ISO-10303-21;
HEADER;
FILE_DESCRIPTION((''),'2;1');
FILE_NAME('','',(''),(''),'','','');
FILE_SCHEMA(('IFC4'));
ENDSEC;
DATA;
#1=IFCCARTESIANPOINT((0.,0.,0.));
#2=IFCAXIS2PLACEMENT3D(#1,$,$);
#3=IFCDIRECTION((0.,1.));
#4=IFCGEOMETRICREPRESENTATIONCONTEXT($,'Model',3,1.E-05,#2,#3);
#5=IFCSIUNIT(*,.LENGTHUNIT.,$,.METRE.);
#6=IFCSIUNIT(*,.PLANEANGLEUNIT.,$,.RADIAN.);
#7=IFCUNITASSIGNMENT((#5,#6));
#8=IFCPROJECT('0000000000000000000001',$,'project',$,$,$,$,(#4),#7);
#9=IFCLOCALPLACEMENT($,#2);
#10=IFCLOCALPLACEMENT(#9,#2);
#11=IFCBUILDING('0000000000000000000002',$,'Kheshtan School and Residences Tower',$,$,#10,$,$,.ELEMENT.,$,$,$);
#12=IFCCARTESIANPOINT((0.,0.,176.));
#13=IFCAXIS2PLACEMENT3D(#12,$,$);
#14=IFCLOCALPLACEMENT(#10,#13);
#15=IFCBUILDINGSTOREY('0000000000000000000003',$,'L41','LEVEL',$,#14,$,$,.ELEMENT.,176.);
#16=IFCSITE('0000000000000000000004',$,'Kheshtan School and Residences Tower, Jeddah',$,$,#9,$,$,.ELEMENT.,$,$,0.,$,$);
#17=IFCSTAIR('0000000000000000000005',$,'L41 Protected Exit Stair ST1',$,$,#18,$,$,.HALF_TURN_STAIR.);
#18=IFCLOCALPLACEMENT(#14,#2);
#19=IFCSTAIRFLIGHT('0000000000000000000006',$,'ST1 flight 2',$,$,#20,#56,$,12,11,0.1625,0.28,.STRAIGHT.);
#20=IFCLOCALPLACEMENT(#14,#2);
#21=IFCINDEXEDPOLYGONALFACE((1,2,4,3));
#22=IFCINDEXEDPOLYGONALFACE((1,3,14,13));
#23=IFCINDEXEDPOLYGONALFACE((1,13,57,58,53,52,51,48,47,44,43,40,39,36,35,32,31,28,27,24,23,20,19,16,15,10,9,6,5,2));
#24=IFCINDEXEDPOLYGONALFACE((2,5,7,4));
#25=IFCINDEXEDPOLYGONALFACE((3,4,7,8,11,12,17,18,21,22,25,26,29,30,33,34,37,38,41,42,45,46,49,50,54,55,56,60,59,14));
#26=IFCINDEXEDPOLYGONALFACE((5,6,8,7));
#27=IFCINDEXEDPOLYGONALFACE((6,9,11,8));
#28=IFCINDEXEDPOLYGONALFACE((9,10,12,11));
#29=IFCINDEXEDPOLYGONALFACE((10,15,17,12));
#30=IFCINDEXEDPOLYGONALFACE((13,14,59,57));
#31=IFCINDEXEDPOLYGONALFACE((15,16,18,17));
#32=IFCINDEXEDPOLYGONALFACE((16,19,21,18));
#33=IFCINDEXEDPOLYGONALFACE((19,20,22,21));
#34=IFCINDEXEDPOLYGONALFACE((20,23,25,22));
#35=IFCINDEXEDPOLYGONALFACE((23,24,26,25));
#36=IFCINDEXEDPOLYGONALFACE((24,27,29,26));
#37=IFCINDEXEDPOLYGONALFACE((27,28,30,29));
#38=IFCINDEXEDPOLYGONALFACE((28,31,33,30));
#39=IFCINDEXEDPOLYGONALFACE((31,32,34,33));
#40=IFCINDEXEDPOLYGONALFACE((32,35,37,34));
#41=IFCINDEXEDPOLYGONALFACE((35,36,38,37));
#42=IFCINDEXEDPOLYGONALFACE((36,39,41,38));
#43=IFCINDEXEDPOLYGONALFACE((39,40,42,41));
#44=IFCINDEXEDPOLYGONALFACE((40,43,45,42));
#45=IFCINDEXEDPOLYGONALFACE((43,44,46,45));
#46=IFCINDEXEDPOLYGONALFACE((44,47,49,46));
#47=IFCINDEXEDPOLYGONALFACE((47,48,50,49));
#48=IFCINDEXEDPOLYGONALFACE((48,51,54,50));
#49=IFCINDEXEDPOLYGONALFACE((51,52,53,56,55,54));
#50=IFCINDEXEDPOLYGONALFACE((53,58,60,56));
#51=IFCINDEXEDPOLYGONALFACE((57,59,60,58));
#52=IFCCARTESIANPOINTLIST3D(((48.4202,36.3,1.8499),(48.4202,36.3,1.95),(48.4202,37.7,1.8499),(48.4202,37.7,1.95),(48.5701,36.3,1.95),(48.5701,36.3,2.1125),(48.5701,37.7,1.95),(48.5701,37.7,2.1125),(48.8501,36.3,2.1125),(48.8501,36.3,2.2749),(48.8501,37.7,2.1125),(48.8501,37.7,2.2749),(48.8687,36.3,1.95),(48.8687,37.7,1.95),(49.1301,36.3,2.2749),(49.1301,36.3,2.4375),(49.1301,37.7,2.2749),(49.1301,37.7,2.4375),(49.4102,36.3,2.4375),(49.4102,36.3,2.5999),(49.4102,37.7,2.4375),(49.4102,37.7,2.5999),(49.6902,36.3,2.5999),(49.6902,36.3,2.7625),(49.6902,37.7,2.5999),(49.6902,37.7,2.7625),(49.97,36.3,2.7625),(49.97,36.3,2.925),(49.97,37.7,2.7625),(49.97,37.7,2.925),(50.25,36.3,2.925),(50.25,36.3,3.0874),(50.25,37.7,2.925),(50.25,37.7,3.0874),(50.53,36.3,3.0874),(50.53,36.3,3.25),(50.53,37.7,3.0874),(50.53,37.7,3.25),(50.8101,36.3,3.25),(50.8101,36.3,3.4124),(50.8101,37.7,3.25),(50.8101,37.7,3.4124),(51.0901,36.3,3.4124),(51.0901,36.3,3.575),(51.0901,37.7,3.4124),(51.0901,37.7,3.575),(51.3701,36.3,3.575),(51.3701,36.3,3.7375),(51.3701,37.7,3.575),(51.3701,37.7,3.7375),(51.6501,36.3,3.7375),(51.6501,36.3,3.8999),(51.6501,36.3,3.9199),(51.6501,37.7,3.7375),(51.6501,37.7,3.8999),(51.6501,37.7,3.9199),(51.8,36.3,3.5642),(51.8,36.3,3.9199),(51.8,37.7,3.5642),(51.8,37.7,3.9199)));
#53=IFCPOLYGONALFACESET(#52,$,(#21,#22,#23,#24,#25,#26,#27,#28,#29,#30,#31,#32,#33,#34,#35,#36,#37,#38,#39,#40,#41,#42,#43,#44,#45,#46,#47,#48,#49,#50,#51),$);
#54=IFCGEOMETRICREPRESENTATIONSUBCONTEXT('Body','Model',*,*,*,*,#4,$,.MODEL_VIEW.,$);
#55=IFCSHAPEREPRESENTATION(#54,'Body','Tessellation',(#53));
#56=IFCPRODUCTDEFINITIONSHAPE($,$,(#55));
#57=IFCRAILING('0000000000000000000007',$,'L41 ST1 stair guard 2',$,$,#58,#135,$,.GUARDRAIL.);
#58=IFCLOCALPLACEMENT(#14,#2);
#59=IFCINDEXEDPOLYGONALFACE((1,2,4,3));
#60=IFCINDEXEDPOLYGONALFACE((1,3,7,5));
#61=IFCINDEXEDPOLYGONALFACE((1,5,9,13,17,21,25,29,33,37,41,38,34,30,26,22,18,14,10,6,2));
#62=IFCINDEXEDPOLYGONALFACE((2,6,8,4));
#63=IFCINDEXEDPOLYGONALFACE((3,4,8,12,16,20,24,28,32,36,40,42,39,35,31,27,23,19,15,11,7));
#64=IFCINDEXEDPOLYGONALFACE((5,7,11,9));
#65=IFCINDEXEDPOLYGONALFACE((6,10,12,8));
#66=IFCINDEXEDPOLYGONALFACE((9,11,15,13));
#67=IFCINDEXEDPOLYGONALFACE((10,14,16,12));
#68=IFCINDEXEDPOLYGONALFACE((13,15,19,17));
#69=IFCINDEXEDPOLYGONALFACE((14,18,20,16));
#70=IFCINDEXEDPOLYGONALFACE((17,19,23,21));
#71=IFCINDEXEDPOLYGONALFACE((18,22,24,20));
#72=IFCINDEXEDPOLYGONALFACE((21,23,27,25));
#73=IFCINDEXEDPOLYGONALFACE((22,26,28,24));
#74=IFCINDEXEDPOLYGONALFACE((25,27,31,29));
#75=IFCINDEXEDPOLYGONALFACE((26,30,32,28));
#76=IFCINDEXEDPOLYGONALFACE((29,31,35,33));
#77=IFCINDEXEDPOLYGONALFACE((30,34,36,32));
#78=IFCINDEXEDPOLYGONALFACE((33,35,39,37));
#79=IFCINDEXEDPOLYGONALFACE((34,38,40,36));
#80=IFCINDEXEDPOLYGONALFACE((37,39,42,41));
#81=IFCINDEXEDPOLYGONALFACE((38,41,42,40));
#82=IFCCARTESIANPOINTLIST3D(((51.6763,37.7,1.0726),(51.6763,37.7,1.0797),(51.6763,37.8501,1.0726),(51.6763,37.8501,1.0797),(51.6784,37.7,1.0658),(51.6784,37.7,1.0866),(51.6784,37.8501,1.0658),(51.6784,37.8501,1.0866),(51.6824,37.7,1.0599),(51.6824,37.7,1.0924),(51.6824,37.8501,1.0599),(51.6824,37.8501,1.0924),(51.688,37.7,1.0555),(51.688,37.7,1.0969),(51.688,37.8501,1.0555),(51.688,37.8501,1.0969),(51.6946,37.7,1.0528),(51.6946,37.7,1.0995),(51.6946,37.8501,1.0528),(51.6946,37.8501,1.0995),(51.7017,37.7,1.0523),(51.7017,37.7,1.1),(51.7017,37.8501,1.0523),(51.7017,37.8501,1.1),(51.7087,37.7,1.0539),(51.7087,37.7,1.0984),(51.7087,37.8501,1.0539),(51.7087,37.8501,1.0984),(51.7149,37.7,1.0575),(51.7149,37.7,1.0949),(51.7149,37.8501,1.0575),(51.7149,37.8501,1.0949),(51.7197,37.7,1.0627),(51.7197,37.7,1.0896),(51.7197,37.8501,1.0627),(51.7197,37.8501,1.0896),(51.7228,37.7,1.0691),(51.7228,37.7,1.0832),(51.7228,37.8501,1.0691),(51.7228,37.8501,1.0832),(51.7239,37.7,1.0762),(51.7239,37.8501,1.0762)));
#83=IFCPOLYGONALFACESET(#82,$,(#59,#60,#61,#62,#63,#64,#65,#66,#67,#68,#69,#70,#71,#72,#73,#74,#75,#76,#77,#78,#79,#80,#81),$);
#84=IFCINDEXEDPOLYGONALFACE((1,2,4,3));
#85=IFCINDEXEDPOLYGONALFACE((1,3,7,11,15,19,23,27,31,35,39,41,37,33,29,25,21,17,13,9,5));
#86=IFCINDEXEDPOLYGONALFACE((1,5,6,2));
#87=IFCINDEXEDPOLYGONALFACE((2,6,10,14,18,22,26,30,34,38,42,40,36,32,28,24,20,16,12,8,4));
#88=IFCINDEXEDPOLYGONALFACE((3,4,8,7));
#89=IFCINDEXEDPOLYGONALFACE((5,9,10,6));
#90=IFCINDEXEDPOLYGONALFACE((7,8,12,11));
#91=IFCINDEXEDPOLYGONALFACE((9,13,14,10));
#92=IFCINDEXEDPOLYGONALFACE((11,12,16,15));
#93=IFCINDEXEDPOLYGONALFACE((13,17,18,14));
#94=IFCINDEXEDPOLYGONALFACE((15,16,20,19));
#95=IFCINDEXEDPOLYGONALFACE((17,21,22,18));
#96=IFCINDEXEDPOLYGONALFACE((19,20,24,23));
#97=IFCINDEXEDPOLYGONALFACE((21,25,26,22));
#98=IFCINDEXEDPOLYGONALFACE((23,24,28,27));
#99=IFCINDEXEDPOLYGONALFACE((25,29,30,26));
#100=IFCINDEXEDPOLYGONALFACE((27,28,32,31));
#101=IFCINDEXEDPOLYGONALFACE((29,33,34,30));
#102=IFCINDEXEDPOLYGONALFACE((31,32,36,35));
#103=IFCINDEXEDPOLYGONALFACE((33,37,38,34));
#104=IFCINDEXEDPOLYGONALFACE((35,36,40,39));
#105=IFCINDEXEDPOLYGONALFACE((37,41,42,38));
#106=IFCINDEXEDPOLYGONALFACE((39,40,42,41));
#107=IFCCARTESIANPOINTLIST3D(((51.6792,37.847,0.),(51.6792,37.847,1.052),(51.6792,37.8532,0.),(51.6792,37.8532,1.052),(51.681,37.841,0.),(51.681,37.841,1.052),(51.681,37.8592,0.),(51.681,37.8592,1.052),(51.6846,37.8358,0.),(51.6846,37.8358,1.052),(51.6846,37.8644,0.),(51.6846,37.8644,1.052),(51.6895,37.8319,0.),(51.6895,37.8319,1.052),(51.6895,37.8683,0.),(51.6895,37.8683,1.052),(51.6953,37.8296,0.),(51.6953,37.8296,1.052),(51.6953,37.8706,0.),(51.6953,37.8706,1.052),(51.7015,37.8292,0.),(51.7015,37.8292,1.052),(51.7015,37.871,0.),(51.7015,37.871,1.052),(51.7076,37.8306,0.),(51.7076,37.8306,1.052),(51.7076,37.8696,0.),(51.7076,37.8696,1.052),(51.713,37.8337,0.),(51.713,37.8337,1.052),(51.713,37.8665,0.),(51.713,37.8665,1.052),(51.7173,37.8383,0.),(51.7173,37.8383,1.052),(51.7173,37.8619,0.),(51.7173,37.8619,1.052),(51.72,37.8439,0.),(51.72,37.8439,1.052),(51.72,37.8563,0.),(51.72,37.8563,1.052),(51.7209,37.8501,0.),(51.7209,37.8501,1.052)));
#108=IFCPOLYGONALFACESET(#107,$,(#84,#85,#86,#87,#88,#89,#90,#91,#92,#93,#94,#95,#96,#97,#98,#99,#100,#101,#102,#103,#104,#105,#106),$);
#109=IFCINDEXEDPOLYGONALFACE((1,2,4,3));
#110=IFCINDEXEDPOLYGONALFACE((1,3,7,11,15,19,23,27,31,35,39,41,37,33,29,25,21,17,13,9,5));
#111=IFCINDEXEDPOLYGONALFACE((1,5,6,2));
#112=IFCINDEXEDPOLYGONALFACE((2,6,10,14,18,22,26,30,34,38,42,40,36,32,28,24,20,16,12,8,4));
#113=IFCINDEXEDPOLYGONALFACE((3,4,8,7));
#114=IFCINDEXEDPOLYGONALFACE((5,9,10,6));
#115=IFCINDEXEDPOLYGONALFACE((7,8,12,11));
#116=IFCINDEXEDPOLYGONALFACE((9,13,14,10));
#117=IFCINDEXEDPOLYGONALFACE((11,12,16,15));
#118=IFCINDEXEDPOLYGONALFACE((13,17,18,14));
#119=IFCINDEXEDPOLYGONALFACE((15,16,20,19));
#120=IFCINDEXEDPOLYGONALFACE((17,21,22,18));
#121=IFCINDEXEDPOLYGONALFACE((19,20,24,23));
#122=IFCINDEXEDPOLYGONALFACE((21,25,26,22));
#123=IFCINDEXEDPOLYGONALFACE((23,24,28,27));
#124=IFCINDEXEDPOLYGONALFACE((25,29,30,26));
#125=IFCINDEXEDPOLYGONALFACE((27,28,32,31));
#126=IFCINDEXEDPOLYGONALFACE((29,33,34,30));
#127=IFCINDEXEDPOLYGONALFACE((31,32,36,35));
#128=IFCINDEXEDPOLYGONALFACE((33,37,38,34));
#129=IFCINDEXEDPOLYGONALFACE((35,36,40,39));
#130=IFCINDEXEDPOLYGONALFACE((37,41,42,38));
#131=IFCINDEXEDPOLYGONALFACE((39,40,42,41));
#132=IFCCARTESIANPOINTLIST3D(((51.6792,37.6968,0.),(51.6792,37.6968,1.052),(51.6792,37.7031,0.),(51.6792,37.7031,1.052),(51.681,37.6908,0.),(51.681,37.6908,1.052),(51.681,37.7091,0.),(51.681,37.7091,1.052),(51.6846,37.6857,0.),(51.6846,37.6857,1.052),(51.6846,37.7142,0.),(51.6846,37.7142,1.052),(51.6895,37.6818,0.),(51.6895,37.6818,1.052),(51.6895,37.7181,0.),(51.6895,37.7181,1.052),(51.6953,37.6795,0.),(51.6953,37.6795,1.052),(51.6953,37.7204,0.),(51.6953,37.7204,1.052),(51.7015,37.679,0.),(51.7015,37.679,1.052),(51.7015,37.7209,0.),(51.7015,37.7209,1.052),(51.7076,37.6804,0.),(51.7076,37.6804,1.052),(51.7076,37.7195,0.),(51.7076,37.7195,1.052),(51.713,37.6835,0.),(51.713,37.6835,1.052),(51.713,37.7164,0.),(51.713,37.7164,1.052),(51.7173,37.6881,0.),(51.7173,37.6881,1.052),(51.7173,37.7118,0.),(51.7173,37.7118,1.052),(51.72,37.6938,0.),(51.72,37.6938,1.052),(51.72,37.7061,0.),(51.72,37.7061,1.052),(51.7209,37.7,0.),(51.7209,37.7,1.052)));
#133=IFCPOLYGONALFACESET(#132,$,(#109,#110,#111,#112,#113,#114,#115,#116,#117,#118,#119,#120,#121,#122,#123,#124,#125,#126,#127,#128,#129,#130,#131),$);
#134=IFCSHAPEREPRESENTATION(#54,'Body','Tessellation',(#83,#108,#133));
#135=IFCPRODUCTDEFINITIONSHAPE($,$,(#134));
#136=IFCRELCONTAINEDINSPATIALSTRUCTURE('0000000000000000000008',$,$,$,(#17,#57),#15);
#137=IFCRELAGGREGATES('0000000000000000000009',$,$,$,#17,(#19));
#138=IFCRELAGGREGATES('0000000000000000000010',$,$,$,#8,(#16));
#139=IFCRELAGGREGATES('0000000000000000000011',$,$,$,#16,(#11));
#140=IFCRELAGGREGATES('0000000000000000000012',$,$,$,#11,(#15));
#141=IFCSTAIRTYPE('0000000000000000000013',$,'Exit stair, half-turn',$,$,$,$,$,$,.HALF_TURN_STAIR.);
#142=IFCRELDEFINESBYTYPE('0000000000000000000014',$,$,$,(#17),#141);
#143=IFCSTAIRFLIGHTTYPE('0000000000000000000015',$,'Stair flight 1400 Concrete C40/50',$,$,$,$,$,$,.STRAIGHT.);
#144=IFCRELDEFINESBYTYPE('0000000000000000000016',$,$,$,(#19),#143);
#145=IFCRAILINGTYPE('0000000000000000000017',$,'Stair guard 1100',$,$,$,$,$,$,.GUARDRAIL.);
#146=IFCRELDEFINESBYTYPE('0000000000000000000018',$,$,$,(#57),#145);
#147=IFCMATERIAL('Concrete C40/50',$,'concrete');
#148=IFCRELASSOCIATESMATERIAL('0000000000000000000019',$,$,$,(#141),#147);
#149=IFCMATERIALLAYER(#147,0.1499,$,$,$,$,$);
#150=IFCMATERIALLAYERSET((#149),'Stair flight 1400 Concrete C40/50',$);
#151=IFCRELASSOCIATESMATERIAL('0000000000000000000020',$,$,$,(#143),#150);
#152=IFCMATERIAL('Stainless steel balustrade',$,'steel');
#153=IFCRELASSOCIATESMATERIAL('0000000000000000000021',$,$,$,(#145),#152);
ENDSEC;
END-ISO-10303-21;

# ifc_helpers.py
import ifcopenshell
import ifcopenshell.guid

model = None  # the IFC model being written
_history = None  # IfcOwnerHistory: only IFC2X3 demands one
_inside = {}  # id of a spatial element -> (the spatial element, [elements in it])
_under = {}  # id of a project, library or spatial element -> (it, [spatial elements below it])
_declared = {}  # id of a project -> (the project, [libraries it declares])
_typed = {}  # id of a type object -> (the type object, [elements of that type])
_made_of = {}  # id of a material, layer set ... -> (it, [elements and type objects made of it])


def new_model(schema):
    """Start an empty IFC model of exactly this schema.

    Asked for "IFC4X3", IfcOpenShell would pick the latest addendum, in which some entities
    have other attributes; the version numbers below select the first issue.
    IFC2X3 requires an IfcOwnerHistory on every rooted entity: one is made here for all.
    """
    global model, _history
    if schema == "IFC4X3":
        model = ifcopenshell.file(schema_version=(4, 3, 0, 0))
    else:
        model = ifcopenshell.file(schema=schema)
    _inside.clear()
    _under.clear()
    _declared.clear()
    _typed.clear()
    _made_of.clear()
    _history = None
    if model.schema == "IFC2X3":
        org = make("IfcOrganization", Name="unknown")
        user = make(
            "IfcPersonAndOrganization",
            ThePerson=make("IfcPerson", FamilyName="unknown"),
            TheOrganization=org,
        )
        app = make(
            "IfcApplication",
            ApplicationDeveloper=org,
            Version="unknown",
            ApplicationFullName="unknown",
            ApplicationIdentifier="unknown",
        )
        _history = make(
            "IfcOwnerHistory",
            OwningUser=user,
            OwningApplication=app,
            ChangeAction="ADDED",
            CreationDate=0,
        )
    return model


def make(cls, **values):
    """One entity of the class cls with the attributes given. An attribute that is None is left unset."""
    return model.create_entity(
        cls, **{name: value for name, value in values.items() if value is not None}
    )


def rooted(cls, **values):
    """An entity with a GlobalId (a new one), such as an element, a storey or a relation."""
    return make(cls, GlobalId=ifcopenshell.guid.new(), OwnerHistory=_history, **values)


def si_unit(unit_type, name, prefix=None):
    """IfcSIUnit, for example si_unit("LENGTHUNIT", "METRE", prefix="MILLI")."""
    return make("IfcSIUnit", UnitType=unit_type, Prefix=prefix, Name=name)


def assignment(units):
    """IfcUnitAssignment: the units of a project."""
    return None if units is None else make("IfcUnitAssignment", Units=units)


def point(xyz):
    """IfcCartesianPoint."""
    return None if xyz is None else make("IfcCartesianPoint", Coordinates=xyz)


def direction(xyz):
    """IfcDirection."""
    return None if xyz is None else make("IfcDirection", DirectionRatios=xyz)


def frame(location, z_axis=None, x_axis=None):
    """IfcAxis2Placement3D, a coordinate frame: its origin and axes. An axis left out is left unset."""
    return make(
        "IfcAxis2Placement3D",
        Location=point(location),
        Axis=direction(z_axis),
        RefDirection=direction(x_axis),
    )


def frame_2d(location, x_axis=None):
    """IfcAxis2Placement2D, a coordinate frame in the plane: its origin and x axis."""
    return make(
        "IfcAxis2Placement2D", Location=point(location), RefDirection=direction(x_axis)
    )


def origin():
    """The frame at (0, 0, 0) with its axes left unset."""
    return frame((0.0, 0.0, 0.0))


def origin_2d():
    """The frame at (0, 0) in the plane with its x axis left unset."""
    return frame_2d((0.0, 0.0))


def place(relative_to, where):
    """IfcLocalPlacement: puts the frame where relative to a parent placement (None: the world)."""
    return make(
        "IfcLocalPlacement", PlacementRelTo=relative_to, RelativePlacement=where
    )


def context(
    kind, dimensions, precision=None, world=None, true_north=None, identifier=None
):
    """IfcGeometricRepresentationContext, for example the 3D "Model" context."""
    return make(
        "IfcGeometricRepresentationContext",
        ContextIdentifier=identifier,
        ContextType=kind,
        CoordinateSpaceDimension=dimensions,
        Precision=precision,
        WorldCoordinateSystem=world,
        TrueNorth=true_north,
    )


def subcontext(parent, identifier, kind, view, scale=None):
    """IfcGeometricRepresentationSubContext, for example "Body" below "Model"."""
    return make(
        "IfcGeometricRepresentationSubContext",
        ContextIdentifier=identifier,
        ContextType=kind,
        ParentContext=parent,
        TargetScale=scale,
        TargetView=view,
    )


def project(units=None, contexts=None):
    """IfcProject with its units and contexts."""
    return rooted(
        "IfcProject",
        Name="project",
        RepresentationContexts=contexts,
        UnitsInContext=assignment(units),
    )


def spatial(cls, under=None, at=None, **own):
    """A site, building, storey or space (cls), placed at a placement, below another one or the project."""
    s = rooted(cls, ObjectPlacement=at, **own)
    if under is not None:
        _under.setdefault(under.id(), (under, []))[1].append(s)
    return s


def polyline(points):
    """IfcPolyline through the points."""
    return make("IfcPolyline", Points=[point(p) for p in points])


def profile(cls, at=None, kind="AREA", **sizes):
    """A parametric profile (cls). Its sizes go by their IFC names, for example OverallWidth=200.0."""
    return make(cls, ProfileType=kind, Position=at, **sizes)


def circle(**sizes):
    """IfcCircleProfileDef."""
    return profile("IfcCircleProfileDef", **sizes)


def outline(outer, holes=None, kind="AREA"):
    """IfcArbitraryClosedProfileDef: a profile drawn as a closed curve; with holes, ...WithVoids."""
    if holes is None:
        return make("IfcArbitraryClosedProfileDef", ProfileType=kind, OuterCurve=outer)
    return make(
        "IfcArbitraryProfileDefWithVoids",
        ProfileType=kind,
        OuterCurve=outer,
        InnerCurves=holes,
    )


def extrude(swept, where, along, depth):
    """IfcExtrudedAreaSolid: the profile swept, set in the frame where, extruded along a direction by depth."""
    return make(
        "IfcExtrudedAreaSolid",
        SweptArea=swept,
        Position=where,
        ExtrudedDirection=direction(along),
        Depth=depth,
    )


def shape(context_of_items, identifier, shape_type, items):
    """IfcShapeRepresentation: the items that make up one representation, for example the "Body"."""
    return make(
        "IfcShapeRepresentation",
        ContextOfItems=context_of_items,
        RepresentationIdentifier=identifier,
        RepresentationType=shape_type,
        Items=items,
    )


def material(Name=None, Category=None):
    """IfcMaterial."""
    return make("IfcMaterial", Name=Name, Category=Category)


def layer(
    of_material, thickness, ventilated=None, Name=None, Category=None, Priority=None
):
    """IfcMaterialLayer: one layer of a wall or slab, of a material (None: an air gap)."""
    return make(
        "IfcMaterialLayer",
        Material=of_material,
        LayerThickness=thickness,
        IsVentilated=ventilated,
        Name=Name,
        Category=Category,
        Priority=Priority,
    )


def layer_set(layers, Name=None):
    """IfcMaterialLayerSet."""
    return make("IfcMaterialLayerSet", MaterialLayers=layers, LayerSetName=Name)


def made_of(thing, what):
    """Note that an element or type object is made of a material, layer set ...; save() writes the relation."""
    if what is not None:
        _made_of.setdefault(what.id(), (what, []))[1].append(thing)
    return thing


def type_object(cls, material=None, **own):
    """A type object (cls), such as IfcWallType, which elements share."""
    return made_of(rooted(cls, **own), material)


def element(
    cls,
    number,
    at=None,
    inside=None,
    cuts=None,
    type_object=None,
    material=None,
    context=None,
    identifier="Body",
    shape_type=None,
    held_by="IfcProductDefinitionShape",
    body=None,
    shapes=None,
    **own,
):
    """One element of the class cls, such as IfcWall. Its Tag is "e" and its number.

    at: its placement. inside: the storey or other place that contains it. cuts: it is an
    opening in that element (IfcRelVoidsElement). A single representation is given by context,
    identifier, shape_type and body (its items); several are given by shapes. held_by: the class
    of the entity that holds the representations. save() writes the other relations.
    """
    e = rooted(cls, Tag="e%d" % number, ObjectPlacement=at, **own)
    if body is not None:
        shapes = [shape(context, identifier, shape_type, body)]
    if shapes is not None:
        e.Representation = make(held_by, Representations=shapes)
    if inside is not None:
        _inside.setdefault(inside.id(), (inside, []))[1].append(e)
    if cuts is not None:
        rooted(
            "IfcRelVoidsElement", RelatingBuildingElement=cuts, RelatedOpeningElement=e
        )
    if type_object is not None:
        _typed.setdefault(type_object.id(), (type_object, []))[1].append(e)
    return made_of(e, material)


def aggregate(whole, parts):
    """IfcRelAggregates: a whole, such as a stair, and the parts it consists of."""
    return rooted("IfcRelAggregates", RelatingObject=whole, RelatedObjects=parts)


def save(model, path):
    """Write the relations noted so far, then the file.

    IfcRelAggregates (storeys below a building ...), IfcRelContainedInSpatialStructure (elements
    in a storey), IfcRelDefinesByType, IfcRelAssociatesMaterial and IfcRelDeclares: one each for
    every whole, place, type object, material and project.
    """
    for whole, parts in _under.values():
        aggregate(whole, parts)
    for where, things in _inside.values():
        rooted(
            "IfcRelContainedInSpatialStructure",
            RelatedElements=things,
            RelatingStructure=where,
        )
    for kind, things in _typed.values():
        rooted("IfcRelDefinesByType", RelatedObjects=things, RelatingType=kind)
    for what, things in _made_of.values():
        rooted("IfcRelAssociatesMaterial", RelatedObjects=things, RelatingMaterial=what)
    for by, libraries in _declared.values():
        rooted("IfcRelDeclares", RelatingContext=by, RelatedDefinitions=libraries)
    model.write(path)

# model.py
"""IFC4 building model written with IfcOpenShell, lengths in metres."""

from ifc_helpers import new_model, si_unit, direction, frame, origin, origin_2d, place, context, subcontext, project, spatial, polyline, circle, outline, extrude, material, layer, layer_set, type_object, element, aggregate, save


model = new_model("IFC4")

# Units and contexts
model_context = context("Model", 3, precision=1e-05, world=origin(), true_north=direction((0.0, 1.0)))
body_context = subcontext(model_context, "Body", "Model", "MODEL_VIEW")
ifc_project = project(units=[si_unit("LENGTHUNIT", "METRE"), si_unit("PLANEANGLEUNIT", "RADIAN")], contexts=[model_context])

# Site, building, storey
site_placement = place(None, origin())
site = spatial("IfcSite", under=ifc_project, at=site_placement, Name="Kheshtan School and Residences Tower, Jeddah", CompositionType="ELEMENT", RefElevation=0.0)
building_placement = place(site_placement, origin())
building = spatial("IfcBuilding", under=site, at=building_placement, Name="Kheshtan School and Residences Tower", CompositionType="ELEMENT")
storey_placement = place(building_placement, frame((0.0, 0.0, 176.0)))
storey = spatial("IfcBuildingStorey", under=building, at=storey_placement, Name="L41", Description="LEVEL", CompositionType="ELEMENT", Elevation=176.0)

# Shared definitions
ifc_material_1 = material(Name="Concrete C40/50", Category="concrete")

# Stair, stair flight
stair_type = type_object("IfcStairType", Name="Exit stair, half-turn", PredefinedType="HALF_TURN_STAIR", material=ifc_material_1)
stair_placement = place(storey_placement, origin())
stair = element("IfcStair", 1, at=stair_placement, inside=storey, type_object=stair_type, Name="L41 Protected Exit Stair ST1", PredefinedType="HALF_TURN_STAIR")
ifc_layer_1 = layer(ifc_material_1, 0.1499)
ifc_layer_set_1 = layer_set([ifc_layer_1], Name="Stair flight 1400 Concrete C40/50")
stair_flight_type = type_object("IfcStairFlightType", Name="Stair flight 1400 Concrete C40/50", PredefinedType="STRAIGHT", material=ifc_layer_set_1)
stair_flight_1_placement = place(storey_placement, frame((48.5701, 37.0, 1.95), z_axis=(0.0, 0.0, 1.0), x_axis=(1.0, 0.0, 0.0)))
stair_flight_1 = element("IfcStairFlight", 2, at=stair_flight_1_placement, type_object=stair_flight_type, Name="ST1 flight 2", NumberOfRisers=12, NumberOfTreads=11, PredefinedType="STRAIGHT", RiserHeight=0.1625, TreadLength=0.28, context=body_context, shape_type="SweptSolid", body=[
    extrude(outline(polyline([(-0.1499, -0.1001), (-0.1499, 0.0), (0.0, 0.0), (0.0, 0.1626), (0.28, 0.1626), (0.28, 0.325), (0.5601, 0.325), (0.5601, 0.4875), (0.8401, 0.4875), (0.8401, 0.6499), (1.1201, 0.6499), (1.1201, 0.8125), (1.3999, 0.8125), (1.3999, 0.9751), (1.6799, 0.9751), (1.6799, 1.1375), (1.96, 1.1375), (1.96, 1.3), (2.24, 1.3), (2.24, 1.4624), (2.52, 1.4624), (2.52, 1.625), (2.8, 1.625), (2.8, 1.7876), (3.0801, 1.7876), (3.0801, 1.95), (3.0801, 1.97), (3.23, 1.97), (3.23, 1.6143), (0.2986, 0.0), (-0.1499, -0.1001)])), frame((0.0, 0.7, 0.0), z_axis=(0.0, -1.0, 0.0), x_axis=(1.0, 0.0, 0.0)), (0.0, 0.0, 1.0), 1.3999),
])
aggregate(stair, [stair_flight_1])

# Railing
ifc_material_2 = material(Name="Stainless steel balustrade", Category="steel")
railing_type_1 = type_object("IfcRailingType", Name="Stair guard 1100", PredefinedType="GUARDRAIL", material=ifc_material_2)
railing_1_placement = place(storey_placement, frame((51.7, 37.8501, 0.0)))
element("IfcRailing", 3, at=railing_1_placement, inside=storey, type_object=railing_type_1, Name="L41 ST1 stair guard 2", PredefinedType="GUARDRAIL", context=body_context, shape_type="SweptSolid", body=[
    extrude(circle(Radius=0.0239, at=origin_2d()), frame((0.0, 0.0, 1.0762), z_axis=(0.0, -1.0, 0.0), x_axis=(1.0, 0.0, 0.0)), (0.0, 0.0, 1.0), 0.1501),
    extrude(circle(Radius=0.021, at=origin_2d()), origin(), (0.0, 0.0, 1.0), 1.052),
    extrude(circle(Radius=0.021, at=origin_2d()), frame((0.0, -0.1501, 0.0)), (0.0, 0.0, 1.0), 1.052),
])

save(model, "model.ifc")
